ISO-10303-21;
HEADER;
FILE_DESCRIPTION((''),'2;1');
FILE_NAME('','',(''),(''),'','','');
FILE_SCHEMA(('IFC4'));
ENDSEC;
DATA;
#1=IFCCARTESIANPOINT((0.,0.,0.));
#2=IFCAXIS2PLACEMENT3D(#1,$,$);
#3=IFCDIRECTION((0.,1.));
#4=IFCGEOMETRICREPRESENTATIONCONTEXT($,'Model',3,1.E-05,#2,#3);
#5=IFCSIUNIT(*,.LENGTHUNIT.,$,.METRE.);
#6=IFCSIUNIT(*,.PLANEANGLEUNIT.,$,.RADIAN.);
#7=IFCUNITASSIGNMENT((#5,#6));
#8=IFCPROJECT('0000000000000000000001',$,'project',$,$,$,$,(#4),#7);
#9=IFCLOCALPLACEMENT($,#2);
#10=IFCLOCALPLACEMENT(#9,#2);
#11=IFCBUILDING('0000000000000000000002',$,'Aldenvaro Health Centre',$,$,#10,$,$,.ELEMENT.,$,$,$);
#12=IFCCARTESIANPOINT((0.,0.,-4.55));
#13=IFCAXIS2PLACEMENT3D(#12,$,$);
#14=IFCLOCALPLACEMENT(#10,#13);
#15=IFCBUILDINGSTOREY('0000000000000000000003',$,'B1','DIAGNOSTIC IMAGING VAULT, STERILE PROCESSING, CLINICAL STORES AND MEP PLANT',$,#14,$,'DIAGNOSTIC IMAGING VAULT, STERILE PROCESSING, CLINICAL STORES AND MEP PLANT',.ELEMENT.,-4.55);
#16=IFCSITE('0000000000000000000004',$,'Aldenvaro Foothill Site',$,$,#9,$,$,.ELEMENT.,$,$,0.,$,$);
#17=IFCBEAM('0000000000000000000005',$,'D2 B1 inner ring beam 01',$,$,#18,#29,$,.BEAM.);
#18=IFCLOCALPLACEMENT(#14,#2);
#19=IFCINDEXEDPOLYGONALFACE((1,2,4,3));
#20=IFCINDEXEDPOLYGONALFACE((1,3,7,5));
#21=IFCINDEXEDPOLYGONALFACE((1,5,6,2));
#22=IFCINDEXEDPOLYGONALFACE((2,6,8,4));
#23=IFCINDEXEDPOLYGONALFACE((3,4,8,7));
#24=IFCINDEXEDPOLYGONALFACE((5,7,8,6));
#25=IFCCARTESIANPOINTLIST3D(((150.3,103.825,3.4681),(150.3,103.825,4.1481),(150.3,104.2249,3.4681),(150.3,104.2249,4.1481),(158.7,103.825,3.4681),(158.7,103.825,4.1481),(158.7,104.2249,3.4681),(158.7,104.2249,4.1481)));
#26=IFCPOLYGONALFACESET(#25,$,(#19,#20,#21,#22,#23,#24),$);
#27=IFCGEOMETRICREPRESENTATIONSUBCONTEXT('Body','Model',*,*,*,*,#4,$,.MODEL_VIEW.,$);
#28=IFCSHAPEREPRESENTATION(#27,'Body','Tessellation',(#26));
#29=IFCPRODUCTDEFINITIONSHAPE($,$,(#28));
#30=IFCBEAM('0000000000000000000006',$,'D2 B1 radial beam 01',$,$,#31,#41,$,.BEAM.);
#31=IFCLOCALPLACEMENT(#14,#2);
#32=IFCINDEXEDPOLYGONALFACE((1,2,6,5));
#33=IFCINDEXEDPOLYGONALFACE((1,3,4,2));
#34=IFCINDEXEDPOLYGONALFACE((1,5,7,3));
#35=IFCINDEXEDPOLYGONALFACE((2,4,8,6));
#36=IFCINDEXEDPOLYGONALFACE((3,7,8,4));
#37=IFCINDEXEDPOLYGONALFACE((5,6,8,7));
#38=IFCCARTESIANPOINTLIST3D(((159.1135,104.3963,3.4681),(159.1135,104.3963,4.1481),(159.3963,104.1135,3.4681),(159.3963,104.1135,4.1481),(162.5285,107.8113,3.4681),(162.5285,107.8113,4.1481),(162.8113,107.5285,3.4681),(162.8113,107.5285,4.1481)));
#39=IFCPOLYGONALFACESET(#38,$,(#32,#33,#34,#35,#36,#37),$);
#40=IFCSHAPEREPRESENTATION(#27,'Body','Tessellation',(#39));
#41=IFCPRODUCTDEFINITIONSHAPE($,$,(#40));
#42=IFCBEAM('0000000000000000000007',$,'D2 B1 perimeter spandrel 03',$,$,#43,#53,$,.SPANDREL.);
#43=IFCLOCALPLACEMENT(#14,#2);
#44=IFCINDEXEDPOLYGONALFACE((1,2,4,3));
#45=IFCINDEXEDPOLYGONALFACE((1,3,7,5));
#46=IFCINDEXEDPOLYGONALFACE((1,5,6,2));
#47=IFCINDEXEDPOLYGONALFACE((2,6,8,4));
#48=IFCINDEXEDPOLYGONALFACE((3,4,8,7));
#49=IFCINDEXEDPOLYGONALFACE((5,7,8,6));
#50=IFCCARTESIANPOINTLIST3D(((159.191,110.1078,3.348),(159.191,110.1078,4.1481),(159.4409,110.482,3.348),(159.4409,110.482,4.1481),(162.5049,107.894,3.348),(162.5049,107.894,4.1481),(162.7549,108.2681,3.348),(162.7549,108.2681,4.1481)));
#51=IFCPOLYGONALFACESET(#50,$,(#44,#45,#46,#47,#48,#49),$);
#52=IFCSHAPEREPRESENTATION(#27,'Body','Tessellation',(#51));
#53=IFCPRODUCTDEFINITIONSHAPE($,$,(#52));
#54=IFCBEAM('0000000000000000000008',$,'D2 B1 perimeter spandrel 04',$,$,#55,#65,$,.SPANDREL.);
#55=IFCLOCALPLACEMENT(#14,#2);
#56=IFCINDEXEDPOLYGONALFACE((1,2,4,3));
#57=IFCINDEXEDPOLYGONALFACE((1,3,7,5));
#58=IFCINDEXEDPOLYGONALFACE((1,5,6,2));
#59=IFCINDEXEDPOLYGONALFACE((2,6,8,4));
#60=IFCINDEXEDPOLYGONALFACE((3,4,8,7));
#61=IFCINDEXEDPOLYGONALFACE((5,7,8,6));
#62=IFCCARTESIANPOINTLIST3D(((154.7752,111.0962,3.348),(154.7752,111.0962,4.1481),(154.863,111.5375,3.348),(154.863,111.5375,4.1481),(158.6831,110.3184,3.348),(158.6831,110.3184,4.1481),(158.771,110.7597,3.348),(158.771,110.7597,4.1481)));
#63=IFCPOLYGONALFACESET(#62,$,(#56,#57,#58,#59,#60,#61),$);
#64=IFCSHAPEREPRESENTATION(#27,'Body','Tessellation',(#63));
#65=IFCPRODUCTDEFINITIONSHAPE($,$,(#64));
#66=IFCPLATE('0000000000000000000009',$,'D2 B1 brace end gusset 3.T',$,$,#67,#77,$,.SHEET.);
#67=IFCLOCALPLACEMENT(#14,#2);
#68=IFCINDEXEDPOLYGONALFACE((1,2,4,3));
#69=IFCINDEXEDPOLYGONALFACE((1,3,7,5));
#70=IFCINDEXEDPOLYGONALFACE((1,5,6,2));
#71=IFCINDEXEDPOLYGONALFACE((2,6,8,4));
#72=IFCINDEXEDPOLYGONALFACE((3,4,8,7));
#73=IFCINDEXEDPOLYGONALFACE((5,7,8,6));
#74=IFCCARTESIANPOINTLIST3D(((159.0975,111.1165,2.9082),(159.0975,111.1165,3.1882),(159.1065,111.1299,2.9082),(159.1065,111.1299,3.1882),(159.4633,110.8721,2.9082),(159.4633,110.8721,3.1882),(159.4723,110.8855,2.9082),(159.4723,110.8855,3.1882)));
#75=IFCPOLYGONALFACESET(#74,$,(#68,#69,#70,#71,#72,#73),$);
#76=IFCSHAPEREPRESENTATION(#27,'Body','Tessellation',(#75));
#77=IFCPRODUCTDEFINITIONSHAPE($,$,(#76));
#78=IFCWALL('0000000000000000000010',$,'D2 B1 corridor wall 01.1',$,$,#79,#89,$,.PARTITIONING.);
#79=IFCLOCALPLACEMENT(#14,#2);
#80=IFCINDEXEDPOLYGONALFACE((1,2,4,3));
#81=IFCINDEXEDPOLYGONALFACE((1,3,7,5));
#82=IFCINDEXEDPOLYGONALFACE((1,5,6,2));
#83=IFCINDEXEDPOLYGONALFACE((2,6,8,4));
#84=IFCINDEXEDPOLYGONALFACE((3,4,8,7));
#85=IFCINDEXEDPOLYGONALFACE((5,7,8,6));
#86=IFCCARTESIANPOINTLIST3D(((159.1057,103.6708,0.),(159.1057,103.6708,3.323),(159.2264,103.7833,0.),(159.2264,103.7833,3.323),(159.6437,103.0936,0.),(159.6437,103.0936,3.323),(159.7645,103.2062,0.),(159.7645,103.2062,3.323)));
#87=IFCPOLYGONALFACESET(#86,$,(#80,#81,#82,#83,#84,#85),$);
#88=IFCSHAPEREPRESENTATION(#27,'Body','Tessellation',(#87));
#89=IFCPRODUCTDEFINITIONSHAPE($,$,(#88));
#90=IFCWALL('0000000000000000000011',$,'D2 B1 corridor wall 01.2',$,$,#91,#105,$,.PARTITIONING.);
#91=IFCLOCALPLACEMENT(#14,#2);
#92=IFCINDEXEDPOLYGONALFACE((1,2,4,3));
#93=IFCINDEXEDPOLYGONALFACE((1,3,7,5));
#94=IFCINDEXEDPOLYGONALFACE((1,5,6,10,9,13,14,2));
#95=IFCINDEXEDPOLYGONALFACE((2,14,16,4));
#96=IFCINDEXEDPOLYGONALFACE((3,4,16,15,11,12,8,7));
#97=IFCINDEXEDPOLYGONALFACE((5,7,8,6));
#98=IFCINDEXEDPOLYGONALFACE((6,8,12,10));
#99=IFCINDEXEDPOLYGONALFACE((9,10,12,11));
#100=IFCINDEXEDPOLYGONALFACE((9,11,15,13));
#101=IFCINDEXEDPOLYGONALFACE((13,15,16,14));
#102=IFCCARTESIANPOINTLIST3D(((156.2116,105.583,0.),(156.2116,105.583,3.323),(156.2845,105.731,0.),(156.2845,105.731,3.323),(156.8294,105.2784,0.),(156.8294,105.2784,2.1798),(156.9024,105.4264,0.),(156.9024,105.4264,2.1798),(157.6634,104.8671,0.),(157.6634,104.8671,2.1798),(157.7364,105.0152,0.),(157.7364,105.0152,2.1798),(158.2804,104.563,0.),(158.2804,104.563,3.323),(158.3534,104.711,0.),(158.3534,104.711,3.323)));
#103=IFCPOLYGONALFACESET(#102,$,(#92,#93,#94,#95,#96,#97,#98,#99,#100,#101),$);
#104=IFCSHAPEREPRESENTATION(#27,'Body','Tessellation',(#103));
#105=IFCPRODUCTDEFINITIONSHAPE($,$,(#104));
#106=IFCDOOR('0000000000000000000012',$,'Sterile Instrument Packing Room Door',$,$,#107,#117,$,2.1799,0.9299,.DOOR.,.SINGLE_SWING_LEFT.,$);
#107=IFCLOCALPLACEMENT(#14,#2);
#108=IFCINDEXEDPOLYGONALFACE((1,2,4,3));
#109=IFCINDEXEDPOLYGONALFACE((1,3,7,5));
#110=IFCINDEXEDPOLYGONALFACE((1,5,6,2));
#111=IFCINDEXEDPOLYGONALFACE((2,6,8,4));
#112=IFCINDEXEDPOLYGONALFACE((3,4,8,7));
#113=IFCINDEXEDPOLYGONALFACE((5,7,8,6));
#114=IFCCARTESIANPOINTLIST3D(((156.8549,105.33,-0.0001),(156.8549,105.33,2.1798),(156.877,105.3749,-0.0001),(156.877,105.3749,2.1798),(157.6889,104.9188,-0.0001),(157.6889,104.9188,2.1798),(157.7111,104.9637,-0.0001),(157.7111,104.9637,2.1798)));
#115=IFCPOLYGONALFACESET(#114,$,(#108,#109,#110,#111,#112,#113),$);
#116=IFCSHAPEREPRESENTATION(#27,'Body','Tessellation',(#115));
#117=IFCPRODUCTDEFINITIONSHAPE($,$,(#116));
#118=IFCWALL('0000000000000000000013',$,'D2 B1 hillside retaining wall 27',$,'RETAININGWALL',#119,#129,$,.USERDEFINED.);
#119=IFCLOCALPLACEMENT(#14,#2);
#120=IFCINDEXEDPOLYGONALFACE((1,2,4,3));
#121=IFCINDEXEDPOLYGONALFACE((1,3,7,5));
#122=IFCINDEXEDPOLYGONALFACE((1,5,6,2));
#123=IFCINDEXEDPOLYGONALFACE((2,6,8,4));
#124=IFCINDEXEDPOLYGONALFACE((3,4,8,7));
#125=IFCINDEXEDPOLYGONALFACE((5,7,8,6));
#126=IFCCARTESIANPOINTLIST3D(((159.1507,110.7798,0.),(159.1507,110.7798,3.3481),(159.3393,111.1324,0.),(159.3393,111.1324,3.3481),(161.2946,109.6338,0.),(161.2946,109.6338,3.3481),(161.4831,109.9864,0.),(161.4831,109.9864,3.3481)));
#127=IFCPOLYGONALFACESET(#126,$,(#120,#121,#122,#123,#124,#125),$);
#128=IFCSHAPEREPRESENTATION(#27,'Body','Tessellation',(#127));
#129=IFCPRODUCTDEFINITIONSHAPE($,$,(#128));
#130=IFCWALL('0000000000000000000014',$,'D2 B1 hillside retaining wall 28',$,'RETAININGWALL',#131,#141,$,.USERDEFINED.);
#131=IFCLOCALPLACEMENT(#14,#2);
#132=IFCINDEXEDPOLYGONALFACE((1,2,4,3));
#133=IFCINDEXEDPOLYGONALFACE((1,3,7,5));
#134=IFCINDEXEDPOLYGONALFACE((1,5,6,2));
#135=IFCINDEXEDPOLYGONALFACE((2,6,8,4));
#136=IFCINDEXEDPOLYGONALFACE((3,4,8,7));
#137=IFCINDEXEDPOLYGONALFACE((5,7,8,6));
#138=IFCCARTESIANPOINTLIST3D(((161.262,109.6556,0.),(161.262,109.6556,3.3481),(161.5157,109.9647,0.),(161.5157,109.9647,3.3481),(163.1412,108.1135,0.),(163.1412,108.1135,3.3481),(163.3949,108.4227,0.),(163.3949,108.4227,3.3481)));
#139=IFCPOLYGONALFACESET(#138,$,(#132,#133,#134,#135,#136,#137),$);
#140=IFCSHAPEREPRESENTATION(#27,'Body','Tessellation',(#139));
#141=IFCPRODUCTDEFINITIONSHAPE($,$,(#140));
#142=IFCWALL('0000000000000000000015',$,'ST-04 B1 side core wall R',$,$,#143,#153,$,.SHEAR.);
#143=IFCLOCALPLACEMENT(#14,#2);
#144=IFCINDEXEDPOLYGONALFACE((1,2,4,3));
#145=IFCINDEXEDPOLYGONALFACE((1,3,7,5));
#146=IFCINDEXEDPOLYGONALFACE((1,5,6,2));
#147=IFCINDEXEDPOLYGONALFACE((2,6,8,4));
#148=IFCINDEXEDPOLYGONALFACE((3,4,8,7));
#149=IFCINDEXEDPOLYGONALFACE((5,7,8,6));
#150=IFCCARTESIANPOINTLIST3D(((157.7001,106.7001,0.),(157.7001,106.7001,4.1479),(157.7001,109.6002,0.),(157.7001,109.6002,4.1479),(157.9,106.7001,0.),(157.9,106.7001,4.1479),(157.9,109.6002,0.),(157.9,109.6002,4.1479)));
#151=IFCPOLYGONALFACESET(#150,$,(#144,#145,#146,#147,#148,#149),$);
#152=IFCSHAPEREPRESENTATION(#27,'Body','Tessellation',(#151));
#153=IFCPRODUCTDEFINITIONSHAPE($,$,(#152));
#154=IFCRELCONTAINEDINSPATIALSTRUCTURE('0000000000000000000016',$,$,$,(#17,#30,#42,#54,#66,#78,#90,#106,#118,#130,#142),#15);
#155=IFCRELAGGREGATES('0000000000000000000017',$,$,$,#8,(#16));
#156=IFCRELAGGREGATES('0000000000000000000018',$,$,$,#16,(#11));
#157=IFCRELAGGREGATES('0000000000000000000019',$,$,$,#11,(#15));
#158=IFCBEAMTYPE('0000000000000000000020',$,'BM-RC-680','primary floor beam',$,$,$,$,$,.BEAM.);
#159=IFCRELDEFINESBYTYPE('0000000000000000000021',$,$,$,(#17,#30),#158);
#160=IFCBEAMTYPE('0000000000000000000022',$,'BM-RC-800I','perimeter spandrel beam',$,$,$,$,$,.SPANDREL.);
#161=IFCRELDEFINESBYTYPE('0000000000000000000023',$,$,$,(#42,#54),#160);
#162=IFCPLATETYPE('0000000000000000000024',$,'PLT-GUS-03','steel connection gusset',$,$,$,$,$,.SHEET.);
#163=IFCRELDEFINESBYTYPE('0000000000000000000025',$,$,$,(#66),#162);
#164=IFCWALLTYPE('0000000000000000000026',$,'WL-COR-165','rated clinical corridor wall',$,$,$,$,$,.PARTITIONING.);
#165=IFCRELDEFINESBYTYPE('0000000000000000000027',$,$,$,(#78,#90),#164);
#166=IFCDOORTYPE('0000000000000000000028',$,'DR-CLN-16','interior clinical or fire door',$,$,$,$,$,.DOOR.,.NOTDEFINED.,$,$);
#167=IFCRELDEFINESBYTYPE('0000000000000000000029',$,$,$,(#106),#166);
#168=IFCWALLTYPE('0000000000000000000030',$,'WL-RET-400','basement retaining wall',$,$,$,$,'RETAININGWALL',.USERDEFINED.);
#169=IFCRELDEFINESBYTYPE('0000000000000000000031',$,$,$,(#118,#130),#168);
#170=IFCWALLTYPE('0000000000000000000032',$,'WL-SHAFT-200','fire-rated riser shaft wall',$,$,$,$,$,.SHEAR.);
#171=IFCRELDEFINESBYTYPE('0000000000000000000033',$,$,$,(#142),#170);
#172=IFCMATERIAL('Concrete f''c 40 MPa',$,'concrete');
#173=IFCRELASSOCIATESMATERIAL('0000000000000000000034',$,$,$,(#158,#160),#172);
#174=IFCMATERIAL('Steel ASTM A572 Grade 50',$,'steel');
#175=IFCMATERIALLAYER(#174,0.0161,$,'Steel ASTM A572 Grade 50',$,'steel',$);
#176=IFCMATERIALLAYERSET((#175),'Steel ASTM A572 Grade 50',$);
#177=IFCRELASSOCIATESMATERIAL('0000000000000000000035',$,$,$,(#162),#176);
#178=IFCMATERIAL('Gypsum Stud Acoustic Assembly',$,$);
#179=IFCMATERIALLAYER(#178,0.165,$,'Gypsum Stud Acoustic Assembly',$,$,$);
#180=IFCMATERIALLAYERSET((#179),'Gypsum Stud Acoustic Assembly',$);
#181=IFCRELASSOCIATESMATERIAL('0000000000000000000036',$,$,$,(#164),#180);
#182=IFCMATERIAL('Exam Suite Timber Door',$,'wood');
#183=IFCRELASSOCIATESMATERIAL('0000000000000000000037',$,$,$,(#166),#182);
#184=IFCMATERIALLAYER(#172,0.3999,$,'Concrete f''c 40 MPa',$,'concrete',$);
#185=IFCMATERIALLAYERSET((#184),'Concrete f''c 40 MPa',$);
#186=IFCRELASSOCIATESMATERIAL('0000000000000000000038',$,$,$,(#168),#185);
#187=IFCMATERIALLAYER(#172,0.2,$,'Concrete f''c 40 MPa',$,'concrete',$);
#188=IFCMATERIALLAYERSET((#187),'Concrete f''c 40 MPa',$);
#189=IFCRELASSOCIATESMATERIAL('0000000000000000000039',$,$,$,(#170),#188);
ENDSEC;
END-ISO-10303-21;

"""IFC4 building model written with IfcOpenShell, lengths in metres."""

from ifc_helpers import new_model, si_unit, direction, frame, frame_2d, origin, origin_2d, place, context, subcontext, project, spatial, rectangle, extrude, material, layer, layer_set, material_profile, profile_set, type_object, element, fill, save


model = new_model("IFC4")

# Units and contexts
model_context = context("Model", 3, precision=1e-05, world=origin(), true_north=direction((0.0, 1.0)))
body_context = subcontext(model_context, "Body", "Model", "MODEL_VIEW")
ifc_project = project(units=[si_unit("LENGTHUNIT", "METRE"), si_unit("PLANEANGLEUNIT", "RADIAN")], contexts=[model_context])

# Site, building, storey
site_placement = place(None, origin())
site = spatial("IfcSite", under=ifc_project, at=site_placement, Name="Aldenvaro Foothill Site", CompositionType="ELEMENT", RefElevation=0.0)
building_placement = place(site_placement, origin())
building = spatial("IfcBuilding", under=site, at=building_placement, Name="Aldenvaro Health Centre", CompositionType="ELEMENT")
storey_placement = place(building_placement, frame((0.0, 0.0, -4.55)))
storey = spatial("IfcBuildingStorey", under=building, at=storey_placement, Name="B1", Description="DIAGNOSTIC IMAGING VAULT, STERILE PROCESSING, CLINICAL STORES AND MEP PLANT", LongName="DIAGNOSTIC IMAGING VAULT, STERILE PROCESSING, CLINICAL STORES AND MEP PLANT", CompositionType="ELEMENT", Elevation=-4.55)

# Shared definitions
ifc_material_1 = material(Name="Concrete f'c 40 MPa", Category="concrete")

# Beams
ifc_material_profile_1 = material_profile(ifc_material_1, rectangle(XDim=0.3999, YDim=0.6799, at=origin_2d()), Name="RC 400x680", Category="concrete")
ifc_profile_set_1 = profile_set([ifc_material_profile_1], Name="Concrete f'c 40 MPa")
beam_type_1 = type_object("IfcBeamType", Name="BM-RC-680", Description="primary floor beam", PredefinedType="BEAM", material=ifc_profile_set_1)
beam_1_placement = place(storey_placement, frame((158.7, 104.0249, 3.8081), z_axis=(-1.0, 0.0, 0.0), x_axis=(0.0, -1.0, 0.0)))
element("IfcBeam", 1, at=beam_1_placement, inside=storey, type_object=beam_type_1, Name="D2 B1 inner ring beam 01", PredefinedType="BEAM", context=body_context, shape_type="SweptSolid", body=[
    extrude(rectangle(XDim=0.3999, YDim=0.6799, at=origin_2d()), origin(), (0.0, 0.0, 1.0), 8.3999),
])
beam_2_placement = place(storey_placement, frame((159.2549, 104.2549, 3.8081), z_axis=(0.707107, 0.707107, 0.0), x_axis=(-0.707107, 0.707107, 0.0)))
element("IfcBeam", 2, at=beam_2_placement, inside=storey, type_object=beam_type_1, Name="D2 B1 radial beam 01", PredefinedType="BEAM", context=body_context, shape_type="SweptSolid", body=[
    extrude(rectangle(XDim=0.3999, YDim=0.6799, at=origin_2d()), origin(), (0.0, 0.0, 1.0), 4.8296),
])
ifc_material_profile_2 = material_profile(ifc_material_1, rectangle(XDim=0.45, YDim=0.8, at=origin_2d()), Name="RC 450x800", Category="concrete")
ifc_profile_set_2 = profile_set([ifc_material_profile_2], Name="Concrete f'c 40 MPa")
beam_type_2 = type_object("IfcBeamType", Name="BM-RC-800I", Description="perimeter spandrel beam", PredefinedType="SPANDREL", material=ifc_profile_set_2)
beam_3_placement = place(storey_placement, frame((162.6299, 108.0811, 3.748), z_axis=(-0.831522, 0.555492, 0.0), x_axis=(-0.555492, -0.831522, 0.0)))
element("IfcBeam", 3, at=beam_3_placement, inside=storey, type_object=beam_type_2, Name="D2 B1 perimeter spandrel 03", PredefinedType="SPANDREL", context=body_context, shape_type="SweptSolid", body=[
    extrude(rectangle(XDim=0.45, YDim=0.8, at=origin_2d()), origin(), (0.0, 0.0, 1.0), 3.9854),
])
beam_4_placement = place(storey_placement, frame((158.7271, 110.5391, 3.748), z_axis=(-0.980762, 0.195209, 0.0), x_axis=(-0.195209, -0.980762, 0.0)))
element("IfcBeam", 4, at=beam_4_placement, inside=storey, type_object=beam_type_2, Name="D2 B1 perimeter spandrel 04", PredefinedType="SPANDREL", context=body_context, shape_type="SweptSolid", body=[
    extrude(rectangle(XDim=0.45, YDim=0.8, at=origin_2d()), origin(), (0.0, 0.0, 1.0), 3.9846),
])

# Plate
ifc_material_2 = material(Name="Steel ASTM A572 Grade 50", Category="steel")
ifc_layer_1 = layer(ifc_material_2, 0.0161, Name="Steel ASTM A572 Grade 50", Category="steel")
ifc_layer_set_1 = layer_set([ifc_layer_1], Name="Steel ASTM A572 Grade 50")
plate_type = type_object("IfcPlateType", Name="PLT-GUS-03", Description="steel connection gusset", PredefinedType="SHEET", material=ifc_layer_set_1)
plate_placement = place(storey_placement, frame((159.2849, 111.001, 2.9082), z_axis=(0.0, 0.0, 1.0), x_axis=(-0.831441, 0.555614, 0.0)))
element("IfcPlate", 5, at=plate_placement, inside=storey, type_object=plate_type, Name="D2 B1 brace end gusset 3.T", PredefinedType="SHEET", context=body_context, shape_type="SweptSolid", body=[
    extrude(rectangle(XDim=0.4399, YDim=0.0161, at=origin_2d()), origin(), (0.0, 0.0, 1.0), 0.28),
])

# Wall
ifc_material_3 = material(Name="Gypsum Stud Acoustic Assembly")
ifc_layer_2 = layer(ifc_material_3, 0.165, Name="Gypsum Stud Acoustic Assembly")
ifc_layer_set_2 = layer_set([ifc_layer_2], Name="Gypsum Stud Acoustic Assembly")
wall_type_1 = type_object("IfcWallType", Name="WL-COR-165", Description="rated clinical corridor wall", PredefinedType="PARTITIONING", material=ifc_layer_set_2)
wall_1_placement = place(storey_placement, frame((159.7041, 103.1499, 0.0), z_axis=(0.0, 0.0, 1.0), x_axis=(-0.681921, 0.731426, 0.0)))
element("IfcWall", 6, at=wall_1_placement, inside=storey, type_object=wall_type_1, Name="D2 B1 corridor wall 01.1", PredefinedType="PARTITIONING", context=body_context, shape_type="SweptSolid", body=[
    extrude(rectangle(XDim=0.7891, YDim=0.165, at=frame_2d((0.3945, 0.0))), origin(), (0.0, 0.0, 1.0), 3.323),
])

# Wall, opening, door
wall_2_placement = place(storey_placement, frame((158.3169, 104.637, 0.0), z_axis=(0.0, 0.0, 1.0), x_axis=(-0.896911, 0.442211, 0.0)))
wall_2 = element("IfcWall", 7, at=wall_2_placement, inside=storey, type_object=wall_type_1, Name="D2 B1 corridor wall 01.2", PredefinedType="PARTITIONING", context=body_context, shape_type="SweptSolid", body=[
    extrude(rectangle(XDim=2.3066, YDim=0.165, at=frame_2d((1.1533, 0.0))), origin(), (0.0, 0.0, 1.0), 3.323),
])
opening_1_placement = place(wall_2_placement, frame((0.688, 0.0, 0.0)))
opening_1 = element("IfcOpeningElement", 8, at=opening_1_placement, cuts=wall_2, PredefinedType="OPENING", context=body_context, shape_type="SweptSolid", body=[
    extrude(rectangle(XDim=0.9299, YDim=2.1799, at=frame_2d((0.4648, 1.0898))), frame((0.0, 0.0925, 0.0), z_axis=(0.0, -1.0, 0.0), x_axis=(1.0, 0.0, 0.0)), (0.0, 0.0, 1.0), 0.1851),
])
ifc_material_4 = material(Name="Exam Suite Timber Door", Category="wood")
door_type_1 = type_object("IfcDoorType", Name="DR-CLN-16", Description="interior clinical or fire door", OperationType="NOTDEFINED", PredefinedType="DOOR", material=ifc_material_4)
door_1_placement = place(opening_1_placement, origin())
door_1 = element("IfcDoor", 9, at=door_1_placement, inside=storey, type_object=door_type_1, Name="Sterile Instrument Packing Room Door", OperationType="SINGLE_SWING_LEFT", OverallHeight=2.1799, OverallWidth=0.9299, PredefinedType="DOOR", context=body_context, shape_type="SweptSolid", body=[
    extrude(rectangle(XDim=0.9299, YDim=2.1799, at=frame_2d((0.4648, 1.0898))), frame((0.0, 0.0249, 0.0), z_axis=(0.0, -1.0, 0.0), x_axis=(1.0, 0.0, 0.0)), (0.0, 0.0, 1.0), 0.05),
])
fill(opening_1, door_1)

# Walls
ifc_layer_3 = layer(ifc_material_1, 0.3999, Name="Concrete f'c 40 MPa", Category="concrete")
ifc_layer_set_3 = layer_set([ifc_layer_3], Name="Concrete f'c 40 MPa")
wall_type_2 = type_object("IfcWallType", Name="WL-RET-400", Description="basement retaining wall", ElementType="RETAININGWALL", PredefinedType="USERDEFINED", material=ifc_layer_set_3)
for number, where, z_axis, x_axis, name in (
    (10, (159.2451, 110.9561, 0.0), (0.0, 0.0, 1.0), (0.881902, -0.471432, 0.0), "D2 B1 hillside retaining wall 27"),
    (11, (161.3889, 109.8101, 0.0), (0.0, 0.0, 1.0), (0.773048, -0.634347, 0.0), "D2 B1 hillside retaining wall 28"),
):
    element("IfcWall", number, at=place(storey_placement, frame(where, z_axis=z_axis, x_axis=x_axis)), inside=storey, type_object=wall_type_2, Name=name, ObjectType="RETAININGWALL", PredefinedType="USERDEFINED", context=body_context, shape_type="SweptSolid", body=[
        extrude(rectangle(XDim=2.4309, YDim=0.3999, at=frame_2d((1.2153, 0.0))), origin(), (0.0, 0.0, 1.0), 3.3481),
    ])
ifc_layer_4 = layer(ifc_material_1, 0.2, Name="Concrete f'c 40 MPa", Category="concrete")
ifc_layer_set_4 = layer_set([ifc_layer_4], Name="Concrete f'c 40 MPa")
wall_type_3 = type_object("IfcWallType", Name="WL-SHAFT-200", Description="fire-rated riser shaft wall", PredefinedType="SHEAR", material=ifc_layer_set_4)
wall_3_placement = place(storey_placement, frame((157.8, 106.7, 0.0), z_axis=(0.0, 0.0, 1.0), x_axis=(0.0, 1.0, 0.0)))
element("IfcWall", 12, at=wall_3_placement, inside=storey, type_object=wall_type_3, Name="ST-04 B1 side core wall R", PredefinedType="SHEAR", context=body_context, shape_type="SweptSolid", body=[
    extrude(rectangle(XDim=2.9001, YDim=0.2, at=frame_2d((1.4502, 0.0))), origin(), (0.0, 0.0, 1.0), 4.1479),
])

save(model, "model.ifc")
